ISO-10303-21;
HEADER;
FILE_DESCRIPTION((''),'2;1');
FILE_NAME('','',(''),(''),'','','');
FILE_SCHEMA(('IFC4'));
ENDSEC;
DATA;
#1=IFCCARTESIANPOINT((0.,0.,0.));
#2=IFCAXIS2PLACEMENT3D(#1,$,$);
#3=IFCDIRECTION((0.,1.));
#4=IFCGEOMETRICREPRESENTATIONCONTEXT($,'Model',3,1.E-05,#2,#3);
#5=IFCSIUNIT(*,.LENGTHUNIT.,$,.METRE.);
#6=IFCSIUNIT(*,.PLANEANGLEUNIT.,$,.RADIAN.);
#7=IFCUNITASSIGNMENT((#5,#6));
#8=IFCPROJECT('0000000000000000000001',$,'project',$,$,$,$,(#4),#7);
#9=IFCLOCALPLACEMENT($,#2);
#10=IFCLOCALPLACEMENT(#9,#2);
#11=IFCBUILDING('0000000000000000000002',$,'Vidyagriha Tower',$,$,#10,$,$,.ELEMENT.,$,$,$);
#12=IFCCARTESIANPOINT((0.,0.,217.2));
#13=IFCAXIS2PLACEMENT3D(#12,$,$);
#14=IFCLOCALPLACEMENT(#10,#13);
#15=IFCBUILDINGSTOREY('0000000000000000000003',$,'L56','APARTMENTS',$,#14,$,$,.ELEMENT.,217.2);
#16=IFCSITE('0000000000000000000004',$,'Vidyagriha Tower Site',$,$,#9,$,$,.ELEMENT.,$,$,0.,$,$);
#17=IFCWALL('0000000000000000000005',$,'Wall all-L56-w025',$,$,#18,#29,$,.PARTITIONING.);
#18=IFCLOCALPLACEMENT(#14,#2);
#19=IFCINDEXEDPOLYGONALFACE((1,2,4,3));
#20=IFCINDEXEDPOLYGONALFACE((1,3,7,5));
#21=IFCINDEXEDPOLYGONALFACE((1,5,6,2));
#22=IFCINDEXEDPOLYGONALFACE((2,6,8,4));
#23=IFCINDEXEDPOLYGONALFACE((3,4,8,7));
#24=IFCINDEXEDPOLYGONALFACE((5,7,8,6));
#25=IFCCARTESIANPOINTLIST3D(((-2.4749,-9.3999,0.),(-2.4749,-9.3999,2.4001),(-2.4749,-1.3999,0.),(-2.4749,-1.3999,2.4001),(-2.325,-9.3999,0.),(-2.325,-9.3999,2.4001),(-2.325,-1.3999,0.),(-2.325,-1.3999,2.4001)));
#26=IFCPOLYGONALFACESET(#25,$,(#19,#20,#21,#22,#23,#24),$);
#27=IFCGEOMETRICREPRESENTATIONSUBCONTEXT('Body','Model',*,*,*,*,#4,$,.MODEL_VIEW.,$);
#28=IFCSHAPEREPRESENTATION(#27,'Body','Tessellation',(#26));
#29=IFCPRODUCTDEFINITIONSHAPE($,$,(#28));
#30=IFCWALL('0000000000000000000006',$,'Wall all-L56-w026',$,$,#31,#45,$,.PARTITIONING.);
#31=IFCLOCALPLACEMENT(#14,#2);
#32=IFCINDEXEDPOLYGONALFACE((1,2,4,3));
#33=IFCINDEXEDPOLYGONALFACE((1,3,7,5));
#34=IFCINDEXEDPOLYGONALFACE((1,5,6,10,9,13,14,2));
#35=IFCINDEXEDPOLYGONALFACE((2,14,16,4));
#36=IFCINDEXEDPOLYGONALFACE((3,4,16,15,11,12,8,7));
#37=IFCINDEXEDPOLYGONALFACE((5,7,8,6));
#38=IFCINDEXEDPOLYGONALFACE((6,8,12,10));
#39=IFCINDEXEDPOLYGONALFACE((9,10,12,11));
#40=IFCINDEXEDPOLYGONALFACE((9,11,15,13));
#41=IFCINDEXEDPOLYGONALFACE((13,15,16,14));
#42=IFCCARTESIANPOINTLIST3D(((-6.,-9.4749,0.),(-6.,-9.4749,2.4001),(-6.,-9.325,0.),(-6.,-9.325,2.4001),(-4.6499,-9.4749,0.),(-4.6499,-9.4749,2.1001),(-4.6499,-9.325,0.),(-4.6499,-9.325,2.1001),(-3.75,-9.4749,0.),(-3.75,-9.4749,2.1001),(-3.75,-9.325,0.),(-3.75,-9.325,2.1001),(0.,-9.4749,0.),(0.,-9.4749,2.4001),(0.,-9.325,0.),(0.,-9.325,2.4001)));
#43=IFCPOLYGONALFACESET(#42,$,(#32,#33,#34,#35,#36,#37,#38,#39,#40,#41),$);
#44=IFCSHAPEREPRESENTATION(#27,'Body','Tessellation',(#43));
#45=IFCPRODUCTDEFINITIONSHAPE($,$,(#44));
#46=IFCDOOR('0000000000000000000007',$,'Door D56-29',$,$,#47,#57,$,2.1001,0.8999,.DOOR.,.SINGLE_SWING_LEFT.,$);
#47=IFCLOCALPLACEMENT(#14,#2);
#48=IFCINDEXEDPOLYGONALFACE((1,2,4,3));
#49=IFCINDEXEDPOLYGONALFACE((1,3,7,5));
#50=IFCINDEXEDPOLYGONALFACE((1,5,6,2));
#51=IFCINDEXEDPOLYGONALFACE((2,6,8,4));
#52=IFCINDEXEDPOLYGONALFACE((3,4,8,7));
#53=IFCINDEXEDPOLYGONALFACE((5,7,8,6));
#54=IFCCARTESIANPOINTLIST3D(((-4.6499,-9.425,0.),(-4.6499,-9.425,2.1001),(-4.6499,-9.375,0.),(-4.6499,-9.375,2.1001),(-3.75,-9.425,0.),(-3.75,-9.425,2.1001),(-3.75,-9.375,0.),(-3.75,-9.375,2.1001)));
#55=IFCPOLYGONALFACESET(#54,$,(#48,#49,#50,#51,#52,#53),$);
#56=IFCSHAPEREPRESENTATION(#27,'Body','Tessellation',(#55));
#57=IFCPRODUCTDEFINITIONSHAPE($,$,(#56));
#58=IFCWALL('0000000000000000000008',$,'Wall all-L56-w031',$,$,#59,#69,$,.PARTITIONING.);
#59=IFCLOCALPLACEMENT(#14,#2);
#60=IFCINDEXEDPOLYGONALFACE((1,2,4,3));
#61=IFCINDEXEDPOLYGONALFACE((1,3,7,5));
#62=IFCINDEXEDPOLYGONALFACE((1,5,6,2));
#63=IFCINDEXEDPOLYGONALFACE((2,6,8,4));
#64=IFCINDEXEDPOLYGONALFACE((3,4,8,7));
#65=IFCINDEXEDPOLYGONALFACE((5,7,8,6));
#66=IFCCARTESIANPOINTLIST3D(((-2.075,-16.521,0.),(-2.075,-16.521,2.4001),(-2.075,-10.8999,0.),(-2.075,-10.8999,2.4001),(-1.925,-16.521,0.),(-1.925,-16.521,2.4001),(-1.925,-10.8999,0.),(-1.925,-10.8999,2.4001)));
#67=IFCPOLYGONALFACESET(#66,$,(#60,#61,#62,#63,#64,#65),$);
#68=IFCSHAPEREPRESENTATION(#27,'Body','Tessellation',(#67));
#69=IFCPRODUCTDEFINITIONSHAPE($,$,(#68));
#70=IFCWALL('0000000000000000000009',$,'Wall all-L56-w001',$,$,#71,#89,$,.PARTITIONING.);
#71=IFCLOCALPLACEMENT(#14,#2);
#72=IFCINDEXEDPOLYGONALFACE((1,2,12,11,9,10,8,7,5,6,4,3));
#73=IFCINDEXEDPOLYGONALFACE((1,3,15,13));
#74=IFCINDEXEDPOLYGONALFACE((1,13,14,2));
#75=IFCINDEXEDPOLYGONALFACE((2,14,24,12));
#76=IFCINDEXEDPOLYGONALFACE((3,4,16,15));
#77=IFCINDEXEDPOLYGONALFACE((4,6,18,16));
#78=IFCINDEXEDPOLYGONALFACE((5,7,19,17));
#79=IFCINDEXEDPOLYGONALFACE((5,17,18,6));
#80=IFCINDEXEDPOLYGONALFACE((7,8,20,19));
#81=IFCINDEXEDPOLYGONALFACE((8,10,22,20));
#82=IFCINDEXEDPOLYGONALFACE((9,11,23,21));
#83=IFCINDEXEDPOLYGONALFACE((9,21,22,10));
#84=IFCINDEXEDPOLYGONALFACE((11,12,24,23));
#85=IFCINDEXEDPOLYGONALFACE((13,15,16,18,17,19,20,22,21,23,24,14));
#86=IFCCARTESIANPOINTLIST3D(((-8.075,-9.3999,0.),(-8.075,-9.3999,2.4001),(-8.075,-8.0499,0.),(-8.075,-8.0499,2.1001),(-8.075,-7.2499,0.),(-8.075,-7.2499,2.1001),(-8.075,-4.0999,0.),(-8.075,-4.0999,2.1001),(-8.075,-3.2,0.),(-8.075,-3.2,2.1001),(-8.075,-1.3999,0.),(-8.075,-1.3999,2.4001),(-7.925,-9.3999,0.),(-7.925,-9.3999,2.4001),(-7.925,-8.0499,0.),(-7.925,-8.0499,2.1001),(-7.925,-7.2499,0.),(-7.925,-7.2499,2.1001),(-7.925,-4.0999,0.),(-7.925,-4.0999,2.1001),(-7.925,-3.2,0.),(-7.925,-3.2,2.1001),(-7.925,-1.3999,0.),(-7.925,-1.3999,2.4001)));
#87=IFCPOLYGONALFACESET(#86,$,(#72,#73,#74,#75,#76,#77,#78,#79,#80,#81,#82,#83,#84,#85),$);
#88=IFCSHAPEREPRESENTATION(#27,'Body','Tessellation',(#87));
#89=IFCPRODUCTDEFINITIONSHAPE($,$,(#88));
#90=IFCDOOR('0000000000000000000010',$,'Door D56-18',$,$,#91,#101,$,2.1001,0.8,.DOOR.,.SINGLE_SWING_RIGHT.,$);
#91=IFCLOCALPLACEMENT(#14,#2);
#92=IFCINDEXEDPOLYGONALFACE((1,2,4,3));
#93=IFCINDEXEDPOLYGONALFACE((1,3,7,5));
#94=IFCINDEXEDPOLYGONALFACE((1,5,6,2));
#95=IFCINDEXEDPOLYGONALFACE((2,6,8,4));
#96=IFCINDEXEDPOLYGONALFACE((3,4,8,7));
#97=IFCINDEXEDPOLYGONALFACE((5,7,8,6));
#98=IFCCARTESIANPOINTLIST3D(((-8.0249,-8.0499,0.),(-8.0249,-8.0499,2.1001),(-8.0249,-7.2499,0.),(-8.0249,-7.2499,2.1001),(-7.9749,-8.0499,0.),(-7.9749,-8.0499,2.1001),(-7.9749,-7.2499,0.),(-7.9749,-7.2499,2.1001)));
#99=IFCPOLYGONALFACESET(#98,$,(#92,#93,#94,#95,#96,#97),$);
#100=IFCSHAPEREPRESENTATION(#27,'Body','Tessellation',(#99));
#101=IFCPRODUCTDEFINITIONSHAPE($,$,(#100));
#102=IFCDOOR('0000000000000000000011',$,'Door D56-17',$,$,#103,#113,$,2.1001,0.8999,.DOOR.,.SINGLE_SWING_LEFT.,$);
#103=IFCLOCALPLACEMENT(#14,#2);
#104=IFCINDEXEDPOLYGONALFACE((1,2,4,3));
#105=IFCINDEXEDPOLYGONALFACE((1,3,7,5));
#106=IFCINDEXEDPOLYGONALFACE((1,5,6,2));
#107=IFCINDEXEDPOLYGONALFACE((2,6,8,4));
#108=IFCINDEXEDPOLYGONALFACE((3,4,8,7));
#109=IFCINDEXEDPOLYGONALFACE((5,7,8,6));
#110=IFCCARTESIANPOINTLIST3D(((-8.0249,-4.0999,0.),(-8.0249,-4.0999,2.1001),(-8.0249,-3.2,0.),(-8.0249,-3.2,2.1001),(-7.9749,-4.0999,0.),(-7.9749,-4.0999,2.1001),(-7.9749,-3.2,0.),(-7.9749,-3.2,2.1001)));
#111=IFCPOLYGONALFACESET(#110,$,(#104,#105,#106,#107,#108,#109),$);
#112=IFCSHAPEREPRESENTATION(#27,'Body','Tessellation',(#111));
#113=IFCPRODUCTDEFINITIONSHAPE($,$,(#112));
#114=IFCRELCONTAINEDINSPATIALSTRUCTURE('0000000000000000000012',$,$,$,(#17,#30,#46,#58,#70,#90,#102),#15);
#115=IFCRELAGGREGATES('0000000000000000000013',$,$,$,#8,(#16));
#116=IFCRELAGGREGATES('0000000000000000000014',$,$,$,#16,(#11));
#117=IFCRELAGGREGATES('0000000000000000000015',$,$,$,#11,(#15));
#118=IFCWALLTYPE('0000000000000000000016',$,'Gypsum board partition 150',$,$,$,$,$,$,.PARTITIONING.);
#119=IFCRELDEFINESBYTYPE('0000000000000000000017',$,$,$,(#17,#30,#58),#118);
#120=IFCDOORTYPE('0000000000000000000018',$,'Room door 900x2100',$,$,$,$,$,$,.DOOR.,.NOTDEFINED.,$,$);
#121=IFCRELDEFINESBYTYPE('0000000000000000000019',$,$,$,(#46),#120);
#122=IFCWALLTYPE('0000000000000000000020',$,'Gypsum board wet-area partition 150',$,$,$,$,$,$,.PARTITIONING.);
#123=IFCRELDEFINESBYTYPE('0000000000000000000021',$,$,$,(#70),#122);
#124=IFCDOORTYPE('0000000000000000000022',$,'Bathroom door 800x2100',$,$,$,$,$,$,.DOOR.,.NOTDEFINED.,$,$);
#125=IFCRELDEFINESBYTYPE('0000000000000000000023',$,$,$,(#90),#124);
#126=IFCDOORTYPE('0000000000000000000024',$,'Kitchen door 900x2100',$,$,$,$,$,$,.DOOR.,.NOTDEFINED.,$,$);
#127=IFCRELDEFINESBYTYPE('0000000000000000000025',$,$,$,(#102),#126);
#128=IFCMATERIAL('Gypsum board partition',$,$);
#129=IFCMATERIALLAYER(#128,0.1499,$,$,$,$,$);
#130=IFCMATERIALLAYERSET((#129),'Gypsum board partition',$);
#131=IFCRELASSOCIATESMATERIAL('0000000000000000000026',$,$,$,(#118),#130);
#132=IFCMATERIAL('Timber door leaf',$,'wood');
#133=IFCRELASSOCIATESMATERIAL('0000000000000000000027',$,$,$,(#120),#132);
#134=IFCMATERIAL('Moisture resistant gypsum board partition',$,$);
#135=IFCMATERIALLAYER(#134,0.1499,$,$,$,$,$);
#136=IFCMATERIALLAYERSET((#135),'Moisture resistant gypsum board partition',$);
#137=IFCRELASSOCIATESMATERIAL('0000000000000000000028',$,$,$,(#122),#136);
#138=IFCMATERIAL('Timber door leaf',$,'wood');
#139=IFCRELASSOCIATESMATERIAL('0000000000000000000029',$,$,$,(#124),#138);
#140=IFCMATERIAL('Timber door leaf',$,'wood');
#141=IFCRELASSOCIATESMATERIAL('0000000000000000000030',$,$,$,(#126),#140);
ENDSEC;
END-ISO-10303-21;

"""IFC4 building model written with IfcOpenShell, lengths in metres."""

from ifc_helpers import new_model, si_unit, direction, frame, frame_2d, origin, place, context, subcontext, project, spatial, rectangle, extrude, material, layer, layer_set, type_object, element, fill, save


model = new_model("IFC4")

# Units and contexts
model_context = context("Model", 3, precision=1e-05, world=origin(), true_north=direction((0.0, 1.0)))
body_context = subcontext(model_context, "Body", "Model", "MODEL_VIEW")
ifc_project = project(units=[si_unit("LENGTHUNIT", "METRE"), si_unit("PLANEANGLEUNIT", "RADIAN")], contexts=[model_context])

# Site, building, storey
site_placement = place(None, origin())
site = spatial("IfcSite", under=ifc_project, at=site_placement, Name="Vidyagriha Tower Site", CompositionType="ELEMENT", RefElevation=0.0)
building_placement = place(site_placement, origin())
building = spatial("IfcBuilding", under=site, at=building_placement, Name="Vidyagriha Tower", CompositionType="ELEMENT")
storey_placement = place(building_placement, frame((0.0, 0.0, 217.2)))
storey = spatial("IfcBuildingStorey", under=building, at=storey_placement, Name="L56", Description="APARTMENTS", CompositionType="ELEMENT", Elevation=217.2)

# Shared definitions
ifc_material_1 = material(Name="Gypsum board partition")
ifc_layer_1 = layer(ifc_material_1, 0.1499)
ifc_layer_set_1 = layer_set([ifc_layer_1], Name="Gypsum board partition")
wall_type_1 = type_object("IfcWallType", Name="Gypsum board partition 150", PredefinedType="PARTITIONING", material=ifc_layer_set_1)

# Shared definitions
ifc_material_2 = material(Name="Timber door leaf", Category="wood")
door_type_1 = type_object("IfcDoorType", Name="Room door 900x2100", OperationType="NOTDEFINED", PredefinedType="DOOR", material=ifc_material_2)

# Wall
wall_1_placement = place(storey_placement, frame((-2.3999, -9.3999, 0.0), z_axis=(0.0, 0.0, 1.0), x_axis=(0.0, 1.0, 0.0)))
element("IfcWall", 1, at=wall_1_placement, inside=storey, type_object=wall_type_1, Name="Wall all-L56-w025", PredefinedType="PARTITIONING", context=body_context, shape_type="SweptSolid", body=[
    extrude(rectangle(XDim=8.0, YDim=0.1499, at=frame_2d((4.0, 0.0))), origin(), (0.0, 0.0, 1.0), 2.4001),
])

# Wall, opening, door
wall_2_placement = place(storey_placement, frame((-6.0, -9.3999, 0.0)))
wall_2 = element("IfcWall", 2, at=wall_2_placement, inside=storey, type_object=wall_type_1, Name="Wall all-L56-w026", PredefinedType="PARTITIONING", context=body_context, shape_type="SweptSolid", body=[
    extrude(rectangle(XDim=6.0, YDim=0.1499, at=frame_2d((3.0, 0.0))), origin(), (0.0, 0.0, 1.0), 2.4001),
])
opening_1_placement = place(wall_2_placement, frame((1.3501, 0.0, 0.0)))
opening_1 = element("IfcOpeningElement", 3, at=opening_1_placement, cuts=wall_2, PredefinedType="OPENING", context=body_context, shape_type="SweptSolid", body=[
    extrude(rectangle(XDim=0.8999, YDim=2.1001, at=frame_2d((0.45, 1.05))), frame((0.0, 0.085, 0.0), z_axis=(0.0, -1.0, 0.0), x_axis=(1.0, 0.0, 0.0)), (0.0, 0.0, 1.0), 0.1699),
])
door_1_placement = place(opening_1_placement, origin())
door_1 = element("IfcDoor", 4, at=door_1_placement, inside=storey, type_object=door_type_1, Name="Door D56-29", OperationType="SINGLE_SWING_LEFT", OverallHeight=2.1001, OverallWidth=0.8999, PredefinedType="DOOR", context=body_context, shape_type="SweptSolid", body=[
    extrude(rectangle(XDim=0.8999, YDim=2.1001, at=frame_2d((0.45, 1.05))), frame((0.0, 0.0249, 0.0), z_axis=(0.0, -1.0, 0.0), x_axis=(1.0, 0.0, 0.0)), (0.0, 0.0, 1.0), 0.05),
])
fill(opening_1, door_1)

# Wall
wall_3_placement = place(storey_placement, frame((-2.0, -10.8999, 0.0), z_axis=(0.0, 0.0, 1.0), x_axis=(0.0, -1.0, 0.0)))
element("IfcWall", 5, at=wall_3_placement, inside=storey, type_object=wall_type_1, Name="Wall all-L56-w031", PredefinedType="PARTITIONING", context=body_context, shape_type="SweptSolid", body=[
    extrude(rectangle(XDim=5.6211, YDim=0.1499, at=frame_2d((2.8105, 0.0))), origin(), (0.0, 0.0, 1.0), 2.4001),
])

# Wall, openings, doors
ifc_material_3 = material(Name="Moisture resistant gypsum board partition")
ifc_layer_2 = layer(ifc_material_3, 0.1499)
ifc_layer_set_2 = layer_set([ifc_layer_2], Name="Moisture resistant gypsum board partition")
wall_type_2 = type_object("IfcWallType", Name="Gypsum board wet-area partition 150", PredefinedType="PARTITIONING", material=ifc_layer_set_2)
wall_4_placement = place(storey_placement, frame((-8.0, -9.3999, 0.0), z_axis=(0.0, 0.0, 1.0), x_axis=(0.0, 1.0, 0.0)))
wall_4 = element("IfcWall", 6, at=wall_4_placement, inside=storey, type_object=wall_type_2, Name="Wall all-L56-w001", PredefinedType="PARTITIONING", context=body_context, shape_type="SweptSolid", body=[
    extrude(rectangle(XDim=8.0, YDim=0.1499, at=frame_2d((4.0, 0.0))), origin(), (0.0, 0.0, 1.0), 2.4001),
])
opening_2_placement = place(wall_4_placement, frame((5.3, 0.0, 0.0)))
opening_2 = element("IfcOpeningElement", 7, at=opening_2_placement, cuts=wall_4, PredefinedType="OPENING", context=body_context, shape_type="SweptSolid", body=[
    extrude(rectangle(XDim=0.8999, YDim=2.1001, at=frame_2d((0.45, 1.05))), frame((0.0, 0.085, 0.0), z_axis=(0.0, -1.0, 0.0), x_axis=(1.0, 0.0, 0.0)), (0.0, 0.0, 1.0), 0.1699),
])
opening_3_placement = place(wall_4_placement, frame((1.3501, 0.0, 0.0)))
opening_3 = element("IfcOpeningElement", 8, at=opening_3_placement, cuts=wall_4, PredefinedType="OPENING", context=body_context, shape_type="SweptSolid", body=[
    extrude(rectangle(XDim=0.8, YDim=2.1001, at=frame_2d((0.3999, 1.05))), frame((0.0, 0.085, 0.0), z_axis=(0.0, -1.0, 0.0), x_axis=(1.0, 0.0, 0.0)), (0.0, 0.0, 1.0), 0.1699),
])
ifc_material_4 = material(Name="Timber door leaf", Category="wood")
door_type_2 = type_object("IfcDoorType", Name="Bathroom door 800x2100", OperationType="NOTDEFINED", PredefinedType="DOOR", material=ifc_material_4)
door_2_placement = place(opening_3_placement, origin())
door_2 = element("IfcDoor", 9, at=door_2_placement, inside=storey, type_object=door_type_2, Name="Door D56-18", OperationType="SINGLE_SWING_RIGHT", OverallHeight=2.1001, OverallWidth=0.8, PredefinedType="DOOR", context=body_context, shape_type="SweptSolid", body=[
    extrude(rectangle(XDim=0.8, YDim=2.1001, at=frame_2d((0.3999, 1.05))), frame((0.0, 0.0249, 0.0), z_axis=(0.0, -1.0, 0.0), x_axis=(1.0, 0.0, 0.0)), (0.0, 0.0, 1.0), 0.05),
])
fill(opening_3, door_2)
ifc_material_5 = material(Name="Timber door leaf", Category="wood")
door_type_3 = type_object("IfcDoorType", Name="Kitchen door 900x2100", OperationType="NOTDEFINED", PredefinedType="DOOR", material=ifc_material_5)
door_3_placement = place(opening_2_placement, origin())
door_3 = element("IfcDoor", 10, at=door_3_placement, inside=storey, type_object=door_type_3, Name="Door D56-17", OperationType="SINGLE_SWING_LEFT", OverallHeight=2.1001, OverallWidth=0.8999, PredefinedType="DOOR", context=body_context, shape_type="SweptSolid", body=[
    extrude(rectangle(XDim=0.8999, YDim=2.1001, at=frame_2d((0.45, 1.05))), frame((0.0, 0.0249, 0.0), z_axis=(0.0, -1.0, 0.0), x_axis=(1.0, 0.0, 0.0)), (0.0, 0.0, 1.0), 0.05),
])
fill(opening_2, door_3)

save(model, "model.ifc")
